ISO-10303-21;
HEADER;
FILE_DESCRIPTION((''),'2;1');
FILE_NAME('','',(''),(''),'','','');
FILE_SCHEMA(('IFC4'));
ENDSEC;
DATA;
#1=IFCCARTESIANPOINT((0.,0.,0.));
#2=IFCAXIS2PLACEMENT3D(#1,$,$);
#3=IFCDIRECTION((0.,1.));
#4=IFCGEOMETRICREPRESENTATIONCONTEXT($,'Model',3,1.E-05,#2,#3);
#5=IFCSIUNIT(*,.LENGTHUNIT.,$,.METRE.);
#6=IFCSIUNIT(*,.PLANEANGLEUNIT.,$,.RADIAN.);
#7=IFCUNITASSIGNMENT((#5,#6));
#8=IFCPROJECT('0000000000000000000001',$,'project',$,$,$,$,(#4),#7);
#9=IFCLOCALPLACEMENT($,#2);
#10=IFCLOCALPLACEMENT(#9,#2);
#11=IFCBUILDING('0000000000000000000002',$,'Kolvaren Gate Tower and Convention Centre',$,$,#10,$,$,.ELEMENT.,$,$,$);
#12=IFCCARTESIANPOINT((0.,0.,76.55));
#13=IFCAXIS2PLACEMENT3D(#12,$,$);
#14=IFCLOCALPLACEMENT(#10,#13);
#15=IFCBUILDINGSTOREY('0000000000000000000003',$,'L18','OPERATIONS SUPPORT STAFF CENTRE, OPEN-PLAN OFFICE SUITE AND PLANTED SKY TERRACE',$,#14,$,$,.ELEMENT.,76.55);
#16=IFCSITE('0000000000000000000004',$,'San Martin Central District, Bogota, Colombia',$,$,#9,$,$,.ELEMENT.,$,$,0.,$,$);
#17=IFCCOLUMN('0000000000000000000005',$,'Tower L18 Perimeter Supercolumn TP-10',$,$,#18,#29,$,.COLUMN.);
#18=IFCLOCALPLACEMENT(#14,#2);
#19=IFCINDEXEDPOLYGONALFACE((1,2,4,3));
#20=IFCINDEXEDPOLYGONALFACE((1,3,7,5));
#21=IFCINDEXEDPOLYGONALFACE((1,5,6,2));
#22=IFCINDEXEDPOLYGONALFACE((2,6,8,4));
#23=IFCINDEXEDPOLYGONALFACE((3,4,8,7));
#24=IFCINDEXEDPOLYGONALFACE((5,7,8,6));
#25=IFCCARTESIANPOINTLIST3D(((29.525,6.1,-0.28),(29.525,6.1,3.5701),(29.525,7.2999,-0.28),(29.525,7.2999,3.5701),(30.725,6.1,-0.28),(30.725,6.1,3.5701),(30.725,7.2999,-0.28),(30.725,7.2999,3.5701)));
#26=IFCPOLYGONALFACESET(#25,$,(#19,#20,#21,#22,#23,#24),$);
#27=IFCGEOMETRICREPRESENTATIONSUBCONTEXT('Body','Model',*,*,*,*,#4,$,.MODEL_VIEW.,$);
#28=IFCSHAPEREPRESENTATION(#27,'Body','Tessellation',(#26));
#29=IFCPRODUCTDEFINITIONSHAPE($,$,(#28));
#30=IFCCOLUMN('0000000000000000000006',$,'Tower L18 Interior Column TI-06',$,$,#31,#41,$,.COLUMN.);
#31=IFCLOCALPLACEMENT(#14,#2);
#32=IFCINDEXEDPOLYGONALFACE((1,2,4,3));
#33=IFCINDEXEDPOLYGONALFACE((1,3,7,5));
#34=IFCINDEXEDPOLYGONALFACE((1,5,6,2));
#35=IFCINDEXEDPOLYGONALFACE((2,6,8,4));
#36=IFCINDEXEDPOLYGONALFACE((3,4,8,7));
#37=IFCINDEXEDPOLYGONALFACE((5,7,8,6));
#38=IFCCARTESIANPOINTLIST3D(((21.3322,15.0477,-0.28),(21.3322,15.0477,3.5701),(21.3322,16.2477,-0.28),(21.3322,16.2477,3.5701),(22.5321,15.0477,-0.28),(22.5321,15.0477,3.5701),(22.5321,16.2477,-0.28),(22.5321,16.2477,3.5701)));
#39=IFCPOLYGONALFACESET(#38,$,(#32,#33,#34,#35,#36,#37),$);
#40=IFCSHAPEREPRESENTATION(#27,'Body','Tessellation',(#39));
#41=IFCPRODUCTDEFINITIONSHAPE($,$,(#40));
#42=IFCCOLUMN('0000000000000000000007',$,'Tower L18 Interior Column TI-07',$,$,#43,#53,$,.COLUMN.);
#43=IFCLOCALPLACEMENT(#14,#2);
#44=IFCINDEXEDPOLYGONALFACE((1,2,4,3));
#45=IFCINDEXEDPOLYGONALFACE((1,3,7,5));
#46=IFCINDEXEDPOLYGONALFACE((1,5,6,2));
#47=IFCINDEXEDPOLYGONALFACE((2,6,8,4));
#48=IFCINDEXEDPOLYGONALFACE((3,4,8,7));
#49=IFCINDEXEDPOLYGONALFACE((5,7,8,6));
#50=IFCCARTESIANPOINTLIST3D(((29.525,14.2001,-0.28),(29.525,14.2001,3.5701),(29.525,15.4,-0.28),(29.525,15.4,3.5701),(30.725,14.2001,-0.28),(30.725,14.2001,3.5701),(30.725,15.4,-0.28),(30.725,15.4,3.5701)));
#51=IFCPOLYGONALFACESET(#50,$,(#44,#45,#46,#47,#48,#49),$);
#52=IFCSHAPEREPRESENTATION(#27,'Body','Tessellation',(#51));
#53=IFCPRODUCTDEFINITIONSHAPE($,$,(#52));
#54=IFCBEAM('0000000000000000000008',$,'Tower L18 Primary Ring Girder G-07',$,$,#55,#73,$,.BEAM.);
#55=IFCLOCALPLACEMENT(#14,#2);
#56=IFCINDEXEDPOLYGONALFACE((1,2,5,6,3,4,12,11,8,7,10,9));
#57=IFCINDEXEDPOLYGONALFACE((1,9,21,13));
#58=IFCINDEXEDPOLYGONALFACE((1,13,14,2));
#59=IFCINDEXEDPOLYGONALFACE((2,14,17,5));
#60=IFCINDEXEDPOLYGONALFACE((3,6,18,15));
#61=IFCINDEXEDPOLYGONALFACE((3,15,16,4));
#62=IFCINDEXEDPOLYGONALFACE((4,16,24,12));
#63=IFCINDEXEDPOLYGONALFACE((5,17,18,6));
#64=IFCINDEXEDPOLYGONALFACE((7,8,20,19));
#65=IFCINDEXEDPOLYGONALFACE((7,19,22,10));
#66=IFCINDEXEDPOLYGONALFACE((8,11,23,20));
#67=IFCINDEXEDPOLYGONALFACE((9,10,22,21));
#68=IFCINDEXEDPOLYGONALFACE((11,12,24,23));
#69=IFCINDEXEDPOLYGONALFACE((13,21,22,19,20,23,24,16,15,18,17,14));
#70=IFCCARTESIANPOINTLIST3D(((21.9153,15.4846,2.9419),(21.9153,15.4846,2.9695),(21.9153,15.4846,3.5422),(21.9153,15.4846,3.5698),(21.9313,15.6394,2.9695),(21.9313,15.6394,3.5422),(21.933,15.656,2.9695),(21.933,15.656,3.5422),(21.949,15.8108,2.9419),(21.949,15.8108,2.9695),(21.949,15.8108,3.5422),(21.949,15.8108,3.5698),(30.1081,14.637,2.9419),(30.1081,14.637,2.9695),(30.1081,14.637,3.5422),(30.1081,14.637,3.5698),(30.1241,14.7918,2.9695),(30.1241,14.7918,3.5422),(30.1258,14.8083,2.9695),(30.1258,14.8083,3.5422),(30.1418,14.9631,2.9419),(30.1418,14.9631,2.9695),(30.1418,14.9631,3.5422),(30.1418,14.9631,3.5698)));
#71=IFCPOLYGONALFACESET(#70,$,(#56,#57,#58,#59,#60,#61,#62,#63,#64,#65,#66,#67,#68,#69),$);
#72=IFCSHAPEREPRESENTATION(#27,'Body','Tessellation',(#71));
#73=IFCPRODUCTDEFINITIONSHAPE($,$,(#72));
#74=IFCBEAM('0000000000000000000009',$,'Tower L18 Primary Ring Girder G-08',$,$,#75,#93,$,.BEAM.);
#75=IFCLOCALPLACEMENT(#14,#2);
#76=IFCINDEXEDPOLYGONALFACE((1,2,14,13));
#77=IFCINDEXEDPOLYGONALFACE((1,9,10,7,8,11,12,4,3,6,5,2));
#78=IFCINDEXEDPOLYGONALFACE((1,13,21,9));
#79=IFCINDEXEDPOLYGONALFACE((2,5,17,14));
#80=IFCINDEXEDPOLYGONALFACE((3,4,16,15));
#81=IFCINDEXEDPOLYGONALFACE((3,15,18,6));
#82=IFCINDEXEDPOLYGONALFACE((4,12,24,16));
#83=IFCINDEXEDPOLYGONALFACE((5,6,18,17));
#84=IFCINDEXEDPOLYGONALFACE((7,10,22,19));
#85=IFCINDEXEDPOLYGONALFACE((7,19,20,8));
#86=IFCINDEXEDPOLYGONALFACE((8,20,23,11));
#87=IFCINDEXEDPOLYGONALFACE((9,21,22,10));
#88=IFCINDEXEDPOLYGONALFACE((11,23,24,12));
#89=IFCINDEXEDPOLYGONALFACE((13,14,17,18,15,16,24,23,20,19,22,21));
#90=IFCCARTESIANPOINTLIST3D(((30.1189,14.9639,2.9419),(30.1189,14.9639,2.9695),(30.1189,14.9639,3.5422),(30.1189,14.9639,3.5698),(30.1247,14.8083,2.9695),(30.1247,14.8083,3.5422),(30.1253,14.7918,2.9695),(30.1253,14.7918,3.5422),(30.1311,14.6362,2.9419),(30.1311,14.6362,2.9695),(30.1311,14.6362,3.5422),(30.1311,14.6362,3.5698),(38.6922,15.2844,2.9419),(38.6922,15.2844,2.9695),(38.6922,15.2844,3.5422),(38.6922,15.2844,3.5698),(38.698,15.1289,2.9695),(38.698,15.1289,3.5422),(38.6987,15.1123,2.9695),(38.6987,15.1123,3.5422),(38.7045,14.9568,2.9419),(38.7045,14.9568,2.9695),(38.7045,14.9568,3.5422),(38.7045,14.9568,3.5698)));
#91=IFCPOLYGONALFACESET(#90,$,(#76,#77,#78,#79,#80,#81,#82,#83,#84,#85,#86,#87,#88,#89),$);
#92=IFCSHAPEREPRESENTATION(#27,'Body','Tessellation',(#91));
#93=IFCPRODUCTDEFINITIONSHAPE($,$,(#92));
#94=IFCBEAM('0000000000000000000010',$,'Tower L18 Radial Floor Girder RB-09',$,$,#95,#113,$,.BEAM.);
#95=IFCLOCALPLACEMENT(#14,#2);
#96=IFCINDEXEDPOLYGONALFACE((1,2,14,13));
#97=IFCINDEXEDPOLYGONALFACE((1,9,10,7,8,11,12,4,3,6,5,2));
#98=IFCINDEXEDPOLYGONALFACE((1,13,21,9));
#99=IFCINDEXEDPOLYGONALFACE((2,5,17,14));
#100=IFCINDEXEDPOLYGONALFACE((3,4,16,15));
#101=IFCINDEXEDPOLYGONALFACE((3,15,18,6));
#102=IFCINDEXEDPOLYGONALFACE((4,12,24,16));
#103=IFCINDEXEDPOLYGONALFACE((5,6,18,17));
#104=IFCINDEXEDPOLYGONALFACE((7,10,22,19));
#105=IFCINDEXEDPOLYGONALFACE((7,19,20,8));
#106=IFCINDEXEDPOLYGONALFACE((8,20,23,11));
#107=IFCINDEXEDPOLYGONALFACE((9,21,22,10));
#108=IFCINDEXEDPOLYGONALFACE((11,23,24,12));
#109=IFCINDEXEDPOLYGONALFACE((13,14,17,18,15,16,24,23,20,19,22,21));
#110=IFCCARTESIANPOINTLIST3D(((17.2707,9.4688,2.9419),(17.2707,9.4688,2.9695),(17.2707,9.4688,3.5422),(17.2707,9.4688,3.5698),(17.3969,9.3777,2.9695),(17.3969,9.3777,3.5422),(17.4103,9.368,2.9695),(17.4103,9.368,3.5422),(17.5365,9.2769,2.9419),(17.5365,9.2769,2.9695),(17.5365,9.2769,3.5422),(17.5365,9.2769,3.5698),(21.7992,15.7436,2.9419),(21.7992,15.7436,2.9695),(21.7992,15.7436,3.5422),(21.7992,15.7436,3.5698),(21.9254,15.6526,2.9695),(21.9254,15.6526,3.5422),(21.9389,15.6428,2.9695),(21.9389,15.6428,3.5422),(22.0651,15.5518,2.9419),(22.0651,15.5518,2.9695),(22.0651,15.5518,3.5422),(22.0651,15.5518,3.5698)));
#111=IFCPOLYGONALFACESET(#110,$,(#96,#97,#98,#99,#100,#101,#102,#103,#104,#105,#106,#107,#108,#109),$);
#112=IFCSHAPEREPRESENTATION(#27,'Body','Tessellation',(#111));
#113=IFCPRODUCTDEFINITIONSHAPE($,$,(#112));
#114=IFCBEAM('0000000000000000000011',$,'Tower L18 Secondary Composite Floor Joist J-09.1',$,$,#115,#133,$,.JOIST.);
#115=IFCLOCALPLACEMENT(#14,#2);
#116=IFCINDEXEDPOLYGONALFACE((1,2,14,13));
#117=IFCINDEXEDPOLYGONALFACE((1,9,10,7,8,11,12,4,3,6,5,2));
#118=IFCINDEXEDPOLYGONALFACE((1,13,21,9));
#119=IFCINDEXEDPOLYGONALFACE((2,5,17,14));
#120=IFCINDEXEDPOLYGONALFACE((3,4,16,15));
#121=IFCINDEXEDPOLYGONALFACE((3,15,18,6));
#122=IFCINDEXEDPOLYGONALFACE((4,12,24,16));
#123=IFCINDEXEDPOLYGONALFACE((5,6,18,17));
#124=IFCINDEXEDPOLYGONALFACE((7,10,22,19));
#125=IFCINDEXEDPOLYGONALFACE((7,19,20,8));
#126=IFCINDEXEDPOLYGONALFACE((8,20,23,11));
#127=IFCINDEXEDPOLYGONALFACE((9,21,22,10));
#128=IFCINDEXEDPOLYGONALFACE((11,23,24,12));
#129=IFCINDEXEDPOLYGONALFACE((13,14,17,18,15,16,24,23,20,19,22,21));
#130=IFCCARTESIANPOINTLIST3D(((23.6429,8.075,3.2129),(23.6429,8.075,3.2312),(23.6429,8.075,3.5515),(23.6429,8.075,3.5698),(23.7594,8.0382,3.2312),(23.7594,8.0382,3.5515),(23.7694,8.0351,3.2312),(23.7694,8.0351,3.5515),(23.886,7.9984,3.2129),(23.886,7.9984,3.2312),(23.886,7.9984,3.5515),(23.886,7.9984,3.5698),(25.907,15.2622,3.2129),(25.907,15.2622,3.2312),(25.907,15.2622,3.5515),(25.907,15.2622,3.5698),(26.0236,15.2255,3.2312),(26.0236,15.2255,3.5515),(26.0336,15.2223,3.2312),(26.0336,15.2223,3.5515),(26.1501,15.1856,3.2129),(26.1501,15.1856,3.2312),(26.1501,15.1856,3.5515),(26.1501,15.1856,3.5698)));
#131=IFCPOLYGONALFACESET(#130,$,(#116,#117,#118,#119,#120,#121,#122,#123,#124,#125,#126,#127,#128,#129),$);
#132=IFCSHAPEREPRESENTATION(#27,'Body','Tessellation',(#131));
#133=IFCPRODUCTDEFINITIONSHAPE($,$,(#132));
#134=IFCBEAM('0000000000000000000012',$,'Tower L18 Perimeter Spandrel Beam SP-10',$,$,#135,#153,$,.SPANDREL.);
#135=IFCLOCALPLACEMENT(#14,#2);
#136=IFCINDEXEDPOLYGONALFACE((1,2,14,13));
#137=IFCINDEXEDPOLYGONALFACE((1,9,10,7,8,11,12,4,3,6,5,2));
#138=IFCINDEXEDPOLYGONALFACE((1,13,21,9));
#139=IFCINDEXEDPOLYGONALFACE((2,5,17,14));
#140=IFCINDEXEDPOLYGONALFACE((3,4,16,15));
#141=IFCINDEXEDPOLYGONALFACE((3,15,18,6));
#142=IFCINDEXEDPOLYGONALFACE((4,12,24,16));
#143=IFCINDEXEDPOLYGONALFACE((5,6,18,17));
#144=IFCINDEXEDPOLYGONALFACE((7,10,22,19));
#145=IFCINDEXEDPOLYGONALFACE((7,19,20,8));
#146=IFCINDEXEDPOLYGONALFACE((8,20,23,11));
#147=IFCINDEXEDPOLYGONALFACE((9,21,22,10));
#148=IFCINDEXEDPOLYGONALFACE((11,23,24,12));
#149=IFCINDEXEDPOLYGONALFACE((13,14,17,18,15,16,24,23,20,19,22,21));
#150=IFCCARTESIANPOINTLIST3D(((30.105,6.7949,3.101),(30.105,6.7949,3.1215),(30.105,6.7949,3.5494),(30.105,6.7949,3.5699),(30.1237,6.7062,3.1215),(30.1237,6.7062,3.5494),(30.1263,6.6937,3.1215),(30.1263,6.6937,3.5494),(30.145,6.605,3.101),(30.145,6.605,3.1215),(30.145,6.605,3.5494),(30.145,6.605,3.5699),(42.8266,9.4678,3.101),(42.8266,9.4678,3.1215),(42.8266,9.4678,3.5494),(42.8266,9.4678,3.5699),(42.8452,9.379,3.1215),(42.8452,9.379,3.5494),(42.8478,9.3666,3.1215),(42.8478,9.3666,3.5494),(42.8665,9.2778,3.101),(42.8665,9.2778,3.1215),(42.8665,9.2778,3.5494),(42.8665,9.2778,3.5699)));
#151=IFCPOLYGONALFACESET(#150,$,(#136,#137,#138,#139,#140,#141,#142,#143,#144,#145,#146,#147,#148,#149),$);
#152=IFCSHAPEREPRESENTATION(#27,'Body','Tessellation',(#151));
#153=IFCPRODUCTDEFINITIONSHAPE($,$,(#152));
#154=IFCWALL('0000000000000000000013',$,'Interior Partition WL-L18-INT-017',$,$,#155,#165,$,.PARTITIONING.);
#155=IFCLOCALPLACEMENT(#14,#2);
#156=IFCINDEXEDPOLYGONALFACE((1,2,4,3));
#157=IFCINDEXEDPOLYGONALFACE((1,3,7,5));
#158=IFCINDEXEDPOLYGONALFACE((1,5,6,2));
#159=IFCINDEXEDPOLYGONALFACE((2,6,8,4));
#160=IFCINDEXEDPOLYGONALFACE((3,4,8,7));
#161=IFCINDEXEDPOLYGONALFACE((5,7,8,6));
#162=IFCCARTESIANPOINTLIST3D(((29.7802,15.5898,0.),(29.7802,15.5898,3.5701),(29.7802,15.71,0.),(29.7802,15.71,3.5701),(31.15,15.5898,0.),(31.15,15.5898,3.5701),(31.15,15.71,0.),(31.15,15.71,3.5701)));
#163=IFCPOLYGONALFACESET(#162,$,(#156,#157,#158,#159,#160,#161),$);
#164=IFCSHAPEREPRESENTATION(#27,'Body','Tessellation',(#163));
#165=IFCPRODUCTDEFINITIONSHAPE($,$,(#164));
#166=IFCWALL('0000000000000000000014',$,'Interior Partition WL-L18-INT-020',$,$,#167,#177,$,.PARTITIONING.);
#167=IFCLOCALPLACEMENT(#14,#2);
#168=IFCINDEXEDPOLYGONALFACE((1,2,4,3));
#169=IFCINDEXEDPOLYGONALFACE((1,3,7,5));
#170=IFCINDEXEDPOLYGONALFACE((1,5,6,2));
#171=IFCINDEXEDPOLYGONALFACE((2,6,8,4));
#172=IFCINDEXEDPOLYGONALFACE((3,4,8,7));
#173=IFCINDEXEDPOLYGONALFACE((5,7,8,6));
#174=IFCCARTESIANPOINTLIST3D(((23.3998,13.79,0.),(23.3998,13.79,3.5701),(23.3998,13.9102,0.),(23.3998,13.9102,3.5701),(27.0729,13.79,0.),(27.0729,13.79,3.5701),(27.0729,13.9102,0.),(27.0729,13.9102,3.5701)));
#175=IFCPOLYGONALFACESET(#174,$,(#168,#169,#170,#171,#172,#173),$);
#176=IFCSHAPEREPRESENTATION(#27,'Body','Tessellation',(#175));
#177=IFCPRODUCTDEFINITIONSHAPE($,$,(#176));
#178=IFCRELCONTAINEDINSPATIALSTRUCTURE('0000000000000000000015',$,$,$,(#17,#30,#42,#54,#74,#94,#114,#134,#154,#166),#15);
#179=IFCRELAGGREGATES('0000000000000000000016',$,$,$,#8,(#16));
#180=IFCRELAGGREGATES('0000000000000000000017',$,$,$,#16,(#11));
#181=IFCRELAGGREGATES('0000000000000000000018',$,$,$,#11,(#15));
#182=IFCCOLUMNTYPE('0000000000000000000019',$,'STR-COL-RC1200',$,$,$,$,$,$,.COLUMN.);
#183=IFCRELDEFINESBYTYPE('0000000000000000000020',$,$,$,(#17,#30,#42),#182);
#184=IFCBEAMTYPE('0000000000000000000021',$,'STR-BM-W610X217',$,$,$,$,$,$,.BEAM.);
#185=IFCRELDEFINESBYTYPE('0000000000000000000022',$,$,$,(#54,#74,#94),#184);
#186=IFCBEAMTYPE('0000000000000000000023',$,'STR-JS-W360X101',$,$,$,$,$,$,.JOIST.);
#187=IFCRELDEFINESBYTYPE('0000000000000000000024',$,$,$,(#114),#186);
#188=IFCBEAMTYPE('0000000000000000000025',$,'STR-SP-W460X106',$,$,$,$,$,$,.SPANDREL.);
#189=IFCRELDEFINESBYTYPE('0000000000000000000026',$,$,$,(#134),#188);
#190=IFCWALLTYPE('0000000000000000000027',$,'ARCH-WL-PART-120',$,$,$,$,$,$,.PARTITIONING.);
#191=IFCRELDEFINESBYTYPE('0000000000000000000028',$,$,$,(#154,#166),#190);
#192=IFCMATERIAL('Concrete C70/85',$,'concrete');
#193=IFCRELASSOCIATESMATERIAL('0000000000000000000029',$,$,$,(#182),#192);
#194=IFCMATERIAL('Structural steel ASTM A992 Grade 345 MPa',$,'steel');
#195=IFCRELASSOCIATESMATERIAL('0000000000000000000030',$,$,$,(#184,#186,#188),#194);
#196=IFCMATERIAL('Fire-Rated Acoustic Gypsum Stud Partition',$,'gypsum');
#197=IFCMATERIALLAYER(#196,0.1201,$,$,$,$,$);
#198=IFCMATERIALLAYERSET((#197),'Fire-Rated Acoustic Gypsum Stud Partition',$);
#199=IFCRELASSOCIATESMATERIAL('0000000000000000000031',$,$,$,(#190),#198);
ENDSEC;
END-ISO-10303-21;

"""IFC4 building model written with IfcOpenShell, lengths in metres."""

from ifc_helpers import new_model, si_unit, direction, frame, frame_2d, origin, origin_2d, place, context, subcontext, project, spatial, rectangle, i_section, extrude, material, layer, layer_set, material_profile, profile_set, type_object, element, save


model = new_model("IFC4")

# Units and contexts
model_context = context("Model", 3, precision=1e-05, world=origin(), true_north=direction((0.0, 1.0)))
body_context = subcontext(model_context, "Body", "Model", "MODEL_VIEW")
ifc_project = project(units=[si_unit("LENGTHUNIT", "METRE"), si_unit("PLANEANGLEUNIT", "RADIAN")], contexts=[model_context])

# Site, building, storey
site_placement = place(None, origin())
site = spatial("IfcSite", under=ifc_project, at=site_placement, Name="San Martin Central District, Bogota, Colombia", CompositionType="ELEMENT", RefElevation=0.0)
building_placement = place(site_placement, origin())
building = spatial("IfcBuilding", under=site, at=building_placement, Name="Kolvaren Gate Tower and Convention Centre", CompositionType="ELEMENT")
storey_placement = place(building_placement, frame((0.0, 0.0, 76.55)))
storey = spatial("IfcBuildingStorey", under=building, at=storey_placement, Name="L18", Description="OPERATIONS SUPPORT STAFF CENTRE, OPEN-PLAN OFFICE SUITE AND PLANTED SKY TERRACE", CompositionType="ELEMENT", Elevation=76.55)

# Columns
ifc_material_1 = material(Name="Concrete C70/85", Category="concrete")
ifc_material_profile_1 = material_profile(ifc_material_1, rectangle(XDim=1.2, YDim=1.2, at=origin_2d()), Name="RC-COL-1200X1200")
ifc_profile_set_1 = profile_set([ifc_material_profile_1], Name="Concrete C70/85")
column_type = type_object("IfcColumnType", Name="STR-COL-RC1200", PredefinedType="COLUMN", material=ifc_profile_set_1)
for number, where, z_axis, x_axis, name in (
    (1, (30.125, 6.7, -0.28), (0.0, 0.0, 1.0), (1.0, 0.0, 0.0), "Tower L18 Perimeter Supercolumn TP-10"),
    (2, (21.9321, 15.6477, -0.28), (0.0, 0.0, 1.0), (1.0, 0.0, 0.0), "Tower L18 Interior Column TI-06"),
    (3, (30.125, 14.8, -0.28), (0.0, 0.0, 1.0), (1.0, 0.0, 0.0), "Tower L18 Interior Column TI-07"),
):
    element("IfcColumn", number, at=place(storey_placement, frame(where, z_axis=z_axis, x_axis=x_axis)), inside=storey, type_object=column_type, Name=name, PredefinedType="COLUMN", context=body_context, shape_type="SweptSolid", body=[
        extrude(rectangle(XDim=1.2, YDim=1.2, at=origin_2d()), origin(), (0.0, 0.0, 1.0), 3.8501),
    ])

# Beams
ifc_material_2 = material(Name="Structural steel ASTM A992 Grade 345 MPa", Category="steel")
ifc_material_profile_2 = material_profile(ifc_material_2, i_section(OverallWidth=0.3279, OverallDepth=0.6279, WebThickness=0.0166, FlangeThickness=0.0276, at=origin_2d()), Name="W610X217")
ifc_profile_set_2 = profile_set([ifc_material_profile_2], Name="Structural steel ASTM A992 Grade 345 MPa")
beam_type_1 = type_object("IfcBeamType", Name="STR-BM-W610X217", PredefinedType="BEAM", material=ifc_profile_set_2)
beam_1_placement = place(storey_placement, frame((21.9321, 15.6477, 3.2559), z_axis=(0.99469, -0.102913, 0.0), x_axis=(0.102913, 0.99469, 0.0)))
element("IfcBeam", 4, at=beam_1_placement, inside=storey, type_object=beam_type_1, Name="Tower L18 Primary Ring Girder G-07", PredefinedType="BEAM", context=body_context, shape_type="SweptSolid", body=[
    extrude(i_section(OverallWidth=0.3279, OverallDepth=0.6279, WebThickness=0.0166, FlangeThickness=0.0276, at=origin_2d()), origin(), (0.0, 0.0, 1.0), 8.2366),
])
beam_2_placement = place(storey_placement, frame((30.125, 14.8, 3.2559), z_axis=(0.999302, 0.037364, 0.0), x_axis=(-0.037364, 0.999302, 0.0)))
element("IfcBeam", 5, at=beam_2_placement, inside=storey, type_object=beam_type_1, Name="Tower L18 Primary Ring Girder G-08", PredefinedType="BEAM", context=body_context, shape_type="SweptSolid", body=[
    extrude(i_section(OverallWidth=0.3279, OverallDepth=0.6279, WebThickness=0.0166, FlangeThickness=0.0276, at=origin_2d()), origin(), (0.0, 0.0, 1.0), 8.5793),
])
beam_3_placement = place(storey_placement, frame((21.9321, 15.6477, 3.2559), z_axis=(-0.585209, -0.810882, 0.0), x_axis=(0.810882, -0.585209, 0.0)))
element("IfcBeam", 6, at=beam_3_placement, inside=storey, type_object=beam_type_1, Name="Tower L18 Radial Floor Girder RB-09", PredefinedType="BEAM", context=body_context, shape_type="SweptSolid", body=[
    extrude(i_section(OverallWidth=0.3279, OverallDepth=0.6279, WebThickness=0.0166, FlangeThickness=0.0276, at=origin_2d()), origin(), (0.0, 0.0, 1.0), 7.7383),
])
ifc_material_profile_3 = material_profile(ifc_material_2, i_section(OverallWidth=0.2549, OverallDepth=0.3569, WebThickness=0.0105, FlangeThickness=0.0183, at=origin_2d()), Name="W360X101")
ifc_profile_set_3 = profile_set([ifc_material_profile_3], Name="Structural steel ASTM A992 Grade 345 MPa")
beam_type_2 = type_object("IfcBeamType", Name="STR-JS-W360X101", PredefinedType="JOIST", material=ifc_profile_set_3)
beam_4_placement = place(storey_placement, frame((26.0286, 15.2239, 3.3914), z_axis=(-0.300468, -0.953792, 0.0), x_axis=(0.953792, -0.300468, 0.0)))
element("IfcBeam", 7, at=beam_4_placement, inside=storey, type_object=beam_type_2, Name="Tower L18 Secondary Composite Floor Joist J-09.1", PredefinedType="JOIST", context=body_context, shape_type="SweptSolid", body=[
    extrude(i_section(OverallWidth=0.2549, OverallDepth=0.3569, WebThickness=0.0105, FlangeThickness=0.0183, at=origin_2d()), origin(), (0.0, 0.0, 1.0), 7.5354),
])
ifc_material_profile_4 = material_profile(ifc_material_2, i_section(OverallWidth=0.1941, OverallDepth=0.469, WebThickness=0.0127, FlangeThickness=0.0205, at=origin_2d()), Name="W460X106")
ifc_profile_set_4 = profile_set([ifc_material_profile_4], Name="Structural steel ASTM A992 Grade 345 MPa")
beam_type_3 = type_object("IfcBeamType", Name="STR-SP-W460X106", PredefinedType="SPANDREL", material=ifc_profile_set_4)
beam_5_placement = place(storey_placement, frame((30.125, 6.7, 3.3354), z_axis=(0.978633, 0.205617, 0.0), x_axis=(-0.205617, 0.978633, 0.0)))
element("IfcBeam", 8, at=beam_5_placement, inside=storey, type_object=beam_type_3, Name="Tower L18 Perimeter Spandrel Beam SP-10", PredefinedType="SPANDREL", context=body_context, shape_type="SweptSolid", body=[
    extrude(i_section(OverallWidth=0.1941, OverallDepth=0.469, WebThickness=0.0127, FlangeThickness=0.0205, at=origin_2d()), origin(), (0.0, 0.0, 1.0), 12.9993),
])

# Walls
ifc_material_3 = material(Name="Fire-Rated Acoustic Gypsum Stud Partition", Category="gypsum")
ifc_layer_1 = layer(ifc_material_3, 0.1201)
ifc_layer_set_1 = layer_set([ifc_layer_1], Name="Fire-Rated Acoustic Gypsum Stud Partition")
wall_type_1 = type_object("IfcWallType", Name="ARCH-WL-PART-120", PredefinedType="PARTITIONING", material=ifc_layer_set_1)
wall_1_placement = place(storey_placement, frame((29.78, 15.6499, 0.0), z_axis=(0.0, 0.0, 1.0), x_axis=(1.0, 0.0, 0.0)))
element("IfcWall", 9, at=wall_1_placement, inside=storey, type_object=wall_type_1, Name="Interior Partition WL-L18-INT-017", PredefinedType="PARTITIONING", context=body_context, shape_type="SweptSolid", body=[
    extrude(rectangle(XDim=1.3699, YDim=0.1201, at=frame_2d((0.6851, 0.0))), origin(), (0.0, 0.0, 1.0), 3.5701),
])
wall_2_placement = place(storey_placement, frame((23.3999, 13.8501, 0.0), z_axis=(0.0, 0.0, 1.0), x_axis=(1.0, 0.0, 0.0)))
element("IfcWall", 10, at=wall_2_placement, inside=storey, type_object=wall_type_1, Name="Interior Partition WL-L18-INT-020", PredefinedType="PARTITIONING", context=body_context, shape_type="SweptSolid", body=[
    extrude(rectangle(XDim=3.6731, YDim=0.1201, at=frame_2d((1.8364, 0.0))), origin(), (0.0, 0.0, 1.0), 3.5701),
])

save(model, "model.ifc")
